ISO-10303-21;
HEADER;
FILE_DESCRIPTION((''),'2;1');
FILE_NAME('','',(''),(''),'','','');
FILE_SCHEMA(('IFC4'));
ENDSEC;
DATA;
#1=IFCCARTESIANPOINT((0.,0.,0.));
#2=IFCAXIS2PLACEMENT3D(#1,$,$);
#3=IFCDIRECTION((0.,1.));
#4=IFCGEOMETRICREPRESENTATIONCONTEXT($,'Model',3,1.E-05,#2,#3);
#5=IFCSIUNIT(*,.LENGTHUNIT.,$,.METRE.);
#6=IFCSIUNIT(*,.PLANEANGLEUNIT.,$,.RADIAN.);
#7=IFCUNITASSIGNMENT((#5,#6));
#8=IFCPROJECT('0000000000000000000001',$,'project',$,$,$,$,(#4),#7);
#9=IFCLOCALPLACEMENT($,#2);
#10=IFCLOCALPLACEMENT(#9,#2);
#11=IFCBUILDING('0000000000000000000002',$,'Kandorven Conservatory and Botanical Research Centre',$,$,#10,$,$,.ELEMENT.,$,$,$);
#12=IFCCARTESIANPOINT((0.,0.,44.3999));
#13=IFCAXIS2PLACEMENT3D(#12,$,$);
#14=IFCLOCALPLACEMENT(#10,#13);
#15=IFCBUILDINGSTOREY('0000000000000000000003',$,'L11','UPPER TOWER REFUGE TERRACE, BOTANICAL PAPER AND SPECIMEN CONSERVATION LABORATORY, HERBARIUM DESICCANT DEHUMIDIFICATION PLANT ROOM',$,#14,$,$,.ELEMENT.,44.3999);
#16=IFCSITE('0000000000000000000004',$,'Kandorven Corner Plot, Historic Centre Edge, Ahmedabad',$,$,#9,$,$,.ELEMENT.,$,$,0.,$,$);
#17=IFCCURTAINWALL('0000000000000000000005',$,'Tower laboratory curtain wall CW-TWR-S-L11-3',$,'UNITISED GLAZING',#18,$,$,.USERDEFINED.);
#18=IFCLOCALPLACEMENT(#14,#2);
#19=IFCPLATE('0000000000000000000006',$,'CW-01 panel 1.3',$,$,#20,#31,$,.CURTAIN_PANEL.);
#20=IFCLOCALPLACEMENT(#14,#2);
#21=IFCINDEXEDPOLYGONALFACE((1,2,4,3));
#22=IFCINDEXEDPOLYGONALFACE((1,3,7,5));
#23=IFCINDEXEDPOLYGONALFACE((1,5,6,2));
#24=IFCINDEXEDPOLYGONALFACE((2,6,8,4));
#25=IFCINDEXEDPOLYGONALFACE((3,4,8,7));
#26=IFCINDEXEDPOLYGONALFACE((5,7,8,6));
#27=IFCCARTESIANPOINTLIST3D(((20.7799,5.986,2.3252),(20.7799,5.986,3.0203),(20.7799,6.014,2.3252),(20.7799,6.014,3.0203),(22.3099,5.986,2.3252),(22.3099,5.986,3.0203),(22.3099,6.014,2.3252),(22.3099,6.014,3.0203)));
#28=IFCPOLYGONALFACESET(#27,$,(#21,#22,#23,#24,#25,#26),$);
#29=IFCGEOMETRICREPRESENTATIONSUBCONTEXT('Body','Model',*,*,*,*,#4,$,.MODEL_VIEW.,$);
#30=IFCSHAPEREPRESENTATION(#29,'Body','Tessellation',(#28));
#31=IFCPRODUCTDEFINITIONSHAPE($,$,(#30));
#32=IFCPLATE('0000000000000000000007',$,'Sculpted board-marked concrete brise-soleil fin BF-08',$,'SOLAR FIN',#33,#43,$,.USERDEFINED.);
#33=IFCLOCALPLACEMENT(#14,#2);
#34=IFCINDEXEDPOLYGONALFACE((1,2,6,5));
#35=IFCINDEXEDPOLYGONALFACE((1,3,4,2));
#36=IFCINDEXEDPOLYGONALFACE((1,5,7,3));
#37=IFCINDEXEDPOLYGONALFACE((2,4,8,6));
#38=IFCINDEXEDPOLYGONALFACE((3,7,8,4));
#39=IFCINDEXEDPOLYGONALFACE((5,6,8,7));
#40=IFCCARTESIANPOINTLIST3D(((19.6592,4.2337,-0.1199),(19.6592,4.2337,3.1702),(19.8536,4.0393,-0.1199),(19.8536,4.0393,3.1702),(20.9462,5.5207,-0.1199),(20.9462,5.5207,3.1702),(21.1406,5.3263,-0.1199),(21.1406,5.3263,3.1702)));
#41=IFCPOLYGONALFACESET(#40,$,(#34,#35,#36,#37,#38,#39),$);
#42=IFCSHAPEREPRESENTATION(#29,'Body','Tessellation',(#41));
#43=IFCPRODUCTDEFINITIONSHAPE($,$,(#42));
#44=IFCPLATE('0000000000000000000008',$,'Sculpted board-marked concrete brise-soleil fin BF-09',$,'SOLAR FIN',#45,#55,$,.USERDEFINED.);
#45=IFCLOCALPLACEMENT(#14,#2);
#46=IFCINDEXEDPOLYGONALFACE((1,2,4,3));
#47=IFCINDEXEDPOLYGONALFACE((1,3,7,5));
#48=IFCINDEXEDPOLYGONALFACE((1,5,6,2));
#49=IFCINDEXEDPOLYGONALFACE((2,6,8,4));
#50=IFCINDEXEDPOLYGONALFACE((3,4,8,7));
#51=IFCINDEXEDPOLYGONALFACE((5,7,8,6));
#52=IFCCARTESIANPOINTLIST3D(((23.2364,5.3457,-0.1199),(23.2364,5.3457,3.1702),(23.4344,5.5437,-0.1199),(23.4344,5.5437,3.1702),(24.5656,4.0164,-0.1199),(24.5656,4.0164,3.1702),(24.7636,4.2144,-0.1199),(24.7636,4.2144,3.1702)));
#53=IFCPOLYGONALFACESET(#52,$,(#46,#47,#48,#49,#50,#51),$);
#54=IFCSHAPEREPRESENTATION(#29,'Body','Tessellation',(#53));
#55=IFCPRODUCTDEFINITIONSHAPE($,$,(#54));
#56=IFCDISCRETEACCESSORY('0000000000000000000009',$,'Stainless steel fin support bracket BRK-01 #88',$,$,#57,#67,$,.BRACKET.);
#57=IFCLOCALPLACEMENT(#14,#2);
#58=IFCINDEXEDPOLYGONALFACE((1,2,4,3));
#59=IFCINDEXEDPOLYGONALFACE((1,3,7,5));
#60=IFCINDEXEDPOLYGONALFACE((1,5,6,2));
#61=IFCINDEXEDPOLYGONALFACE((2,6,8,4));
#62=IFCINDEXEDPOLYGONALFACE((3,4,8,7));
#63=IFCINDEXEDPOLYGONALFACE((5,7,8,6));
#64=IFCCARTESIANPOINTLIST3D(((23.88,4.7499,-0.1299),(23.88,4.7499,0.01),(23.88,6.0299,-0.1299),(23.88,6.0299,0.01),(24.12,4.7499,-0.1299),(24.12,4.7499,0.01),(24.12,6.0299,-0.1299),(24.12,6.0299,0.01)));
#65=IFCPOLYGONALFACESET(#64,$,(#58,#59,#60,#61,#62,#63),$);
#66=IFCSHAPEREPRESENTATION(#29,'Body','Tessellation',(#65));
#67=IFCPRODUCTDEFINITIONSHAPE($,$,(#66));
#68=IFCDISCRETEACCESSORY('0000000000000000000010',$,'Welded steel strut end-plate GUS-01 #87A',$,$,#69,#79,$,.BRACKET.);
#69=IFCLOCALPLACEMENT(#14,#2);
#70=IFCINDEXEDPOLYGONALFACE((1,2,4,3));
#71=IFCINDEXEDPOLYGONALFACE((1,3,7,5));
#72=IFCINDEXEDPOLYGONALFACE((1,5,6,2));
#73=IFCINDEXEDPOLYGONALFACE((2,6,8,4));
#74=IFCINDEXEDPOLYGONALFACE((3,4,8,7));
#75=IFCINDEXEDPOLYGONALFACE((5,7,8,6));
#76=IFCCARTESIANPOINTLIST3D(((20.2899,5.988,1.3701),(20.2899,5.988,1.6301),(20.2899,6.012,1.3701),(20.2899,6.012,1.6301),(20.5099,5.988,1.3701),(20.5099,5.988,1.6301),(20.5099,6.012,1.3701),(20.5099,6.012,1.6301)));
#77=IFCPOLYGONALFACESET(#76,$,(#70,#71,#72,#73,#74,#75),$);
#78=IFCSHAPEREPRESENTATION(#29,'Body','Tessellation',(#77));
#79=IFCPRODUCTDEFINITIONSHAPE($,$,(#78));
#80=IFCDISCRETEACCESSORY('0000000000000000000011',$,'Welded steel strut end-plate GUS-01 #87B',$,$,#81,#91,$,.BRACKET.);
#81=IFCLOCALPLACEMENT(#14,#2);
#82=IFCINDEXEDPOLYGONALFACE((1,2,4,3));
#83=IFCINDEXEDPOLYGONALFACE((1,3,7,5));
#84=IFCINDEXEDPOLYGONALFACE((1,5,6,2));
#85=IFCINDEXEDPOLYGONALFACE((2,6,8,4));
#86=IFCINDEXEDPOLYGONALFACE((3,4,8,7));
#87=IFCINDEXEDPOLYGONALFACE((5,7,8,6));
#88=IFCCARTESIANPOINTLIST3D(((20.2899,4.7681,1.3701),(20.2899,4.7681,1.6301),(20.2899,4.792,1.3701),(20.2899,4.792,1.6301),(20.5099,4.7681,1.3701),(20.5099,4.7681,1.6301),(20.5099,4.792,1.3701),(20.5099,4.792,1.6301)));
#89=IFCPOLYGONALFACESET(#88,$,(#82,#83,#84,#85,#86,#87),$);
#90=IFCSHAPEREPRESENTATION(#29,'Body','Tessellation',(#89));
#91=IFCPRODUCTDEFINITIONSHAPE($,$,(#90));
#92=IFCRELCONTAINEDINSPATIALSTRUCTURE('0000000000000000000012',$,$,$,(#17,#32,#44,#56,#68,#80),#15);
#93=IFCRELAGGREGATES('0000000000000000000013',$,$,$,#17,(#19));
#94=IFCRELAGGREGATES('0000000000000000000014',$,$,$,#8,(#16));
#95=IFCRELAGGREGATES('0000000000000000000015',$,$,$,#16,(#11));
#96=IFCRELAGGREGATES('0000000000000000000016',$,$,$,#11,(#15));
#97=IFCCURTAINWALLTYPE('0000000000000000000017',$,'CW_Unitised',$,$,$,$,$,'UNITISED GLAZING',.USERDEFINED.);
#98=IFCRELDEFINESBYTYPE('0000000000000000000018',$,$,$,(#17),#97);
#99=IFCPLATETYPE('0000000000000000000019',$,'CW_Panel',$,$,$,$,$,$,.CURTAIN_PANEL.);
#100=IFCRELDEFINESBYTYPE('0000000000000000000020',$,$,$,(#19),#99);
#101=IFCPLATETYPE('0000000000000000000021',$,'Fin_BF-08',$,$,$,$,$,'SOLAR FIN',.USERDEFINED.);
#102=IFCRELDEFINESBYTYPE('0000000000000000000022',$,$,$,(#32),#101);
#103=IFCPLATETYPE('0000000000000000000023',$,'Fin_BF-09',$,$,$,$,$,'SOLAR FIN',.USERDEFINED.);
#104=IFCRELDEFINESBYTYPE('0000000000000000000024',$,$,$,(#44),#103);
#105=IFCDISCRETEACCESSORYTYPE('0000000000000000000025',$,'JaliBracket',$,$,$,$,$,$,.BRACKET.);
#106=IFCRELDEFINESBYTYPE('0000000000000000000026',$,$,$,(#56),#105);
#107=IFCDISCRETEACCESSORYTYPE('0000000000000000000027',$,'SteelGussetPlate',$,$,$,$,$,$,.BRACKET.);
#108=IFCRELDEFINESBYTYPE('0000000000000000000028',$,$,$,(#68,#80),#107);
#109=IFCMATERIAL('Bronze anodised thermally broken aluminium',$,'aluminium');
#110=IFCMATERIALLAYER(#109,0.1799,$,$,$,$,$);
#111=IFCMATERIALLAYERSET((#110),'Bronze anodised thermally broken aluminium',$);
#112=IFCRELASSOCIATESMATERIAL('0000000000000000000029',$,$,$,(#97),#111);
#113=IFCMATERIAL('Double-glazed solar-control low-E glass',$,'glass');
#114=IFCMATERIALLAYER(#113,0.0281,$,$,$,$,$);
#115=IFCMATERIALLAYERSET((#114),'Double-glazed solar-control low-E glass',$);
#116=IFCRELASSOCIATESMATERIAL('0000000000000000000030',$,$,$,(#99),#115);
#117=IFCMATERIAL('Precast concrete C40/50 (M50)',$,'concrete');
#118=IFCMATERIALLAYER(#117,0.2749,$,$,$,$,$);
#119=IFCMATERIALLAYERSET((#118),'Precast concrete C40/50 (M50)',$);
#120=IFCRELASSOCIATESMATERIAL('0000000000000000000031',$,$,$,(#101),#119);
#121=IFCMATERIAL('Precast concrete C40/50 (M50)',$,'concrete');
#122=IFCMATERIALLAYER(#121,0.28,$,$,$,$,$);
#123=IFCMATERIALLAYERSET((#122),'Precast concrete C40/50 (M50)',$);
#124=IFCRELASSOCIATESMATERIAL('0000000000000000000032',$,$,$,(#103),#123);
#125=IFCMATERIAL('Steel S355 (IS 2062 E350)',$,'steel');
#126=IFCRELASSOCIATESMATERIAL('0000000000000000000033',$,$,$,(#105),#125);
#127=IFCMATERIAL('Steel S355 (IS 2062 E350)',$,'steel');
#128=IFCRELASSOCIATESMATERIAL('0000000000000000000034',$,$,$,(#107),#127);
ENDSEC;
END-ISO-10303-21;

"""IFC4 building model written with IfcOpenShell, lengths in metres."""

from ifc_helpers import new_model, si_unit, direction, frame, origin, origin_2d, place, context, subcontext, project, spatial, rectangle, extrude, material, layer, layer_set, type_object, element, aggregate, save


model = new_model("IFC4")

# Units and contexts
model_context = context("Model", 3, precision=1e-05, world=origin(), true_north=direction((0.0, 1.0)))
body_context = subcontext(model_context, "Body", "Model", "MODEL_VIEW")
ifc_project = project(units=[si_unit("LENGTHUNIT", "METRE"), si_unit("PLANEANGLEUNIT", "RADIAN")], contexts=[model_context])

# Site, building, storey
site_placement = place(None, origin())
site = spatial("IfcSite", under=ifc_project, at=site_placement, Name="Kandorven Corner Plot, Historic Centre Edge, Ahmedabad", CompositionType="ELEMENT", RefElevation=0.0)
building_placement = place(site_placement, origin())
building = spatial("IfcBuilding", under=site, at=building_placement, Name="Kandorven Conservatory and Botanical Research Centre", CompositionType="ELEMENT")
storey_placement = place(building_placement, frame((0.0, 0.0, 44.3999)))
storey = spatial("IfcBuildingStorey", under=building, at=storey_placement, Name="L11", Description="UPPER TOWER REFUGE TERRACE, BOTANICAL PAPER AND SPECIMEN CONSERVATION LABORATORY, HERBARIUM DESICCANT DEHUMIDIFICATION PLANT ROOM", CompositionType="ELEMENT", Elevation=44.3999)

# Shared definitions
ifc_material_1 = material(Name="Bronze anodised thermally broken aluminium", Category="aluminium")
ifc_layer_1 = layer(ifc_material_1, 0.1799)
ifc_layer_set_1 = layer_set([ifc_layer_1], Name="Bronze anodised thermally broken aluminium")
curtain_wall_type = type_object("IfcCurtainWallType", Name="CW_Unitised", ElementType="UNITISED GLAZING", PredefinedType="USERDEFINED", material=ifc_layer_set_1)

# Curtain wall
curtain_wall_1_placement = place(storey_placement, origin())
curtain_wall_1 = element("IfcCurtainWall", 1, at=curtain_wall_1_placement, inside=storey, type_object=curtain_wall_type, Name="Tower laboratory curtain wall CW-TWR-S-L11-3", ObjectType="UNITISED GLAZING", PredefinedType="USERDEFINED")

# Plate
ifc_material_2 = material(Name="Double-glazed solar-control low-E glass", Category="glass")
ifc_layer_2 = layer(ifc_material_2, 0.0281)
ifc_layer_set_2 = layer_set([ifc_layer_2], Name="Double-glazed solar-control low-E glass")
plate_type_1 = type_object("IfcPlateType", Name="CW_Panel", PredefinedType="CURTAIN_PANEL", material=ifc_layer_set_2)
plate_1_placement = place(storey_placement, frame((21.5449, 6.0, 2.3252), z_axis=(0.0, 0.0, 1.0), x_axis=(1.0, 0.0, 0.0)))
plate_1 = element("IfcPlate", 2, at=plate_1_placement, type_object=plate_type_1, Name="CW-01 panel 1.3", PredefinedType="CURTAIN_PANEL", context=body_context, shape_type="SweptSolid", body=[
    extrude(rectangle(XDim=1.53, YDim=0.0281, at=origin_2d()), origin(), (0.0, 0.0, 1.0), 0.6951),
])
aggregate(curtain_wall_1, [plate_1])

# Plates
ifc_material_3 = material(Name="Precast concrete C40/50 (M50)", Category="concrete")
ifc_layer_3 = layer(ifc_material_3, 0.2749)
ifc_layer_set_3 = layer_set([ifc_layer_3], Name="Precast concrete C40/50 (M50)")
plate_type_2 = type_object("IfcPlateType", Name="Fin_BF-08", ElementType="SOLAR FIN", PredefinedType="USERDEFINED", material=ifc_layer_set_3)
plate_2_placement = place(storey_placement, frame((20.3999, 4.78, -0.1199), z_axis=(0.0, 0.0, 1.0), x_axis=(0.707107, 0.707107, 0.0)))
element("IfcPlate", 3, at=plate_2_placement, inside=storey, type_object=plate_type_2, Name="Sculpted board-marked concrete brise-soleil fin BF-08", ObjectType="SOLAR FIN", PredefinedType="USERDEFINED", context=body_context, shape_type="SweptSolid", body=[
    extrude(rectangle(XDim=1.8201, YDim=0.2749, at=origin_2d()), origin(), (0.0, 0.0, 1.0), 3.29),
])
ifc_material_4 = material(Name="Precast concrete C40/50 (M50)", Category="concrete")
ifc_layer_4 = layer(ifc_material_4, 0.28)
ifc_layer_set_4 = layer_set([ifc_layer_4], Name="Precast concrete C40/50 (M50)")
plate_type_3 = type_object("IfcPlateType", Name="Fin_BF-09", ElementType="SOLAR FIN", PredefinedType="USERDEFINED", material=ifc_layer_set_4)
plate_3_placement = place(storey_placement, frame((24.0, 4.78, -0.1199), z_axis=(0.0, 0.0, 1.0), x_axis=(-0.707107, 0.707107, 0.0)))
element("IfcPlate", 4, at=plate_3_placement, inside=storey, type_object=plate_type_3, Name="Sculpted board-marked concrete brise-soleil fin BF-09", ObjectType="SOLAR FIN", PredefinedType="USERDEFINED", context=body_context, shape_type="SweptSolid", body=[
    extrude(rectangle(XDim=1.8799, YDim=0.28, at=origin_2d()), origin(), (0.0, 0.0, 1.0), 3.29),
])

# Discrete accessories
ifc_material_5 = material(Name="Steel S355 (IS 2062 E350)", Category="steel")
discrete_accessory_type_1 = type_object("IfcDiscreteAccessoryType", Name="JaliBracket", PredefinedType="BRACKET", material=ifc_material_5)
discrete_accessory_placement = place(storey_placement, frame((24.0, 5.3899, -0.1299), z_axis=(0.0, 0.0, 1.0), x_axis=(1.0, 0.0, 0.0)))
element("IfcDiscreteAccessory", 5, at=discrete_accessory_placement, inside=storey, type_object=discrete_accessory_type_1, Name="Stainless steel fin support bracket BRK-01 #88", PredefinedType="BRACKET", context=body_context, shape_type="SweptSolid", body=[
    extrude(rectangle(XDim=0.24, YDim=1.28, at=origin_2d()), origin(), (0.0, 0.0, 1.0), 0.1399),
])
ifc_material_6 = material(Name="Steel S355 (IS 2062 E350)", Category="steel")
discrete_accessory_type_2 = type_object("IfcDiscreteAccessoryType", Name="SteelGussetPlate", PredefinedType="BRACKET", material=ifc_material_6)
for number, where, z_axis, x_axis, name in (
    (6, (20.3999, 6.0, 1.3701), (0.0, 0.0, 1.0), (1.0, 0.0, 0.0), "Welded steel strut end-plate GUS-01 #87A"),
    (7, (20.3999, 4.78, 1.3701), (0.0, 0.0, 1.0), (1.0, 0.0, 0.0), "Welded steel strut end-plate GUS-01 #87B"),
):
    element("IfcDiscreteAccessory", number, at=place(storey_placement, frame(where, z_axis=z_axis, x_axis=x_axis)), inside=storey, type_object=discrete_accessory_type_2, Name=name, PredefinedType="BRACKET", context=body_context, shape_type="SweptSolid", body=[
        extrude(rectangle(XDim=0.22, YDim=0.0239, at=origin_2d()), origin(), (0.0, 0.0, 1.0), 0.26),
    ])

save(model, "model.ifc")
